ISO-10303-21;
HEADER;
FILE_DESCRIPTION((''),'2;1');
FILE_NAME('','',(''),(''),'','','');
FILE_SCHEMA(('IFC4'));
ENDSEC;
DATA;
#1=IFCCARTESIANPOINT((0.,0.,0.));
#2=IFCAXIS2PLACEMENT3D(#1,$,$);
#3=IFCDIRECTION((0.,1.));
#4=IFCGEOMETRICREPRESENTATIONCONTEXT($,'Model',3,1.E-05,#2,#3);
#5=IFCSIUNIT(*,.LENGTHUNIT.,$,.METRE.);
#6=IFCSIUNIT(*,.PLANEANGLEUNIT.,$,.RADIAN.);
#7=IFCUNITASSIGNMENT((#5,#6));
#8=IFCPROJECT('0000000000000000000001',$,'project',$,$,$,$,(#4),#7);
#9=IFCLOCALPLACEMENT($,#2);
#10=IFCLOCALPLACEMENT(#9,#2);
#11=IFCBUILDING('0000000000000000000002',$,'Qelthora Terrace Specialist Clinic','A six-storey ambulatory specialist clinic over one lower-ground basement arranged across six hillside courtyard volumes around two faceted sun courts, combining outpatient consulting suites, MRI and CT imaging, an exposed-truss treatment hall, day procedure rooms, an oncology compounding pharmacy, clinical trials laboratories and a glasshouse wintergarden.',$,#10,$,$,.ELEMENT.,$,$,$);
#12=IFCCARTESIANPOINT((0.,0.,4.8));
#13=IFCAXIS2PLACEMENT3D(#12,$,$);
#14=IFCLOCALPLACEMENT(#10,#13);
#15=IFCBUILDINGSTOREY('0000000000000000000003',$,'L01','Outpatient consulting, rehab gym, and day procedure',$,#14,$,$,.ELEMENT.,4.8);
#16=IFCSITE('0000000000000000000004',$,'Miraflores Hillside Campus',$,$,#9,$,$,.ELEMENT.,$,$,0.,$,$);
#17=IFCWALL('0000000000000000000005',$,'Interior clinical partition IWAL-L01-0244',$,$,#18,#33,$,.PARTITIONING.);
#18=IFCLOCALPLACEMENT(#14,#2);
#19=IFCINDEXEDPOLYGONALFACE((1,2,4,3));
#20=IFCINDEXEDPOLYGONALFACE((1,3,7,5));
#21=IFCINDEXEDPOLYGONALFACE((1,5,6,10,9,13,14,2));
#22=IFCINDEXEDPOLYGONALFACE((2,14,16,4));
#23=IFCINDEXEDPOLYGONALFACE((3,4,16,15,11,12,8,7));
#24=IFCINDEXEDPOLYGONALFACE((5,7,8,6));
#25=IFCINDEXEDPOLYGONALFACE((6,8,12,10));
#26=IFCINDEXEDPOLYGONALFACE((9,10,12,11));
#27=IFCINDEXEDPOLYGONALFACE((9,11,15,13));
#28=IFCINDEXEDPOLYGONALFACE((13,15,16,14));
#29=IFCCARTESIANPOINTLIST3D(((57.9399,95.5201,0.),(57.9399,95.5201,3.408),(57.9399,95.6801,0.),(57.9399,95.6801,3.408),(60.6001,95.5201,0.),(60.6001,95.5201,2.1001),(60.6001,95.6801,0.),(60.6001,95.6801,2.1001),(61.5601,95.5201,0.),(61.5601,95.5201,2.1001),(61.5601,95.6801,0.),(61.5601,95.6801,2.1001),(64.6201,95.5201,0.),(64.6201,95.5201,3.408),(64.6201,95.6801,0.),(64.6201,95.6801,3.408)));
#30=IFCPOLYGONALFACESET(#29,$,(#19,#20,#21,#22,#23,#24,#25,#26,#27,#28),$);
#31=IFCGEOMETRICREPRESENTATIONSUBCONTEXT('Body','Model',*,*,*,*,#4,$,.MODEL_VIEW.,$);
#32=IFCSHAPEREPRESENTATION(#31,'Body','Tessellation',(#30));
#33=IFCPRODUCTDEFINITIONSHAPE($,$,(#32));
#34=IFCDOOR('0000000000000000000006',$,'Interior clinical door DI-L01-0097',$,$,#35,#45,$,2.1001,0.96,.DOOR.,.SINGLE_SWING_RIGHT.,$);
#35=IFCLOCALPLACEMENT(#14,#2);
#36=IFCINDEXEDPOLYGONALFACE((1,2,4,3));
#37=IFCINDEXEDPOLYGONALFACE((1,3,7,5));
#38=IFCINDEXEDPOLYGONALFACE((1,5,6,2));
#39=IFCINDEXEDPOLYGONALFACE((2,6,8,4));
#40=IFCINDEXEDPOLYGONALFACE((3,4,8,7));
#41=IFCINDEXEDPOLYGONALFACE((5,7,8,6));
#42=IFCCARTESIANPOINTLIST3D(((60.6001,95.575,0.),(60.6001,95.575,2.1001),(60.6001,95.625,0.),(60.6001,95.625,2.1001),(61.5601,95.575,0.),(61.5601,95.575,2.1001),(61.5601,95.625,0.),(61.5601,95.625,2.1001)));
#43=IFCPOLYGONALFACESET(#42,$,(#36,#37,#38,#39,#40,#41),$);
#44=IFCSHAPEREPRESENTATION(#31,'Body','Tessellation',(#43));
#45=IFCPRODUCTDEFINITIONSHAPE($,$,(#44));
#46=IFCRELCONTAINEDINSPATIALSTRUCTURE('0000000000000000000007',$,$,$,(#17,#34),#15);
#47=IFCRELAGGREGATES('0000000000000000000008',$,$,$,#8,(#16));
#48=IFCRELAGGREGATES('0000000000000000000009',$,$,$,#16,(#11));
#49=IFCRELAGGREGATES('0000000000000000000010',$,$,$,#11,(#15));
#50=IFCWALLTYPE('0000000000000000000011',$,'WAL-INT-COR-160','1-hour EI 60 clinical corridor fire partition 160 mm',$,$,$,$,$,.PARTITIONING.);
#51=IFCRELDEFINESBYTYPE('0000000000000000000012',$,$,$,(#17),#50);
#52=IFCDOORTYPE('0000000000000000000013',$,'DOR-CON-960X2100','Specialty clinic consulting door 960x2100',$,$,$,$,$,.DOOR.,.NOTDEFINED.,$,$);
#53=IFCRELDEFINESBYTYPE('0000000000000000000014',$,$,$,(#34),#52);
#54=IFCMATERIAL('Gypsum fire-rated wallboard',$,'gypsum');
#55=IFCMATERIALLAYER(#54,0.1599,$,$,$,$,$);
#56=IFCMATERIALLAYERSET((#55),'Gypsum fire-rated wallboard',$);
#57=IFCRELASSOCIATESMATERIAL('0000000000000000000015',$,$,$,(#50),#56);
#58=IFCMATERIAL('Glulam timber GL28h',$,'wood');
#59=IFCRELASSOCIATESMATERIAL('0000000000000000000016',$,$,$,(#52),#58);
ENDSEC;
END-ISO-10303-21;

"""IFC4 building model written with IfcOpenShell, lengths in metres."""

from ifc_helpers import new_model, si_unit, direction, frame, frame_2d, origin, place, context, subcontext, project, spatial, rectangle, extrude, material, layer, layer_set, type_object, element, fill, save


model = new_model("IFC4")

# Units and contexts
model_context = context("Model", 3, precision=1e-05, world=origin(), true_north=direction((0.0, 1.0)))
body_context = subcontext(model_context, "Body", "Model", "MODEL_VIEW")
ifc_project = project(units=[si_unit("LENGTHUNIT", "METRE"), si_unit("PLANEANGLEUNIT", "RADIAN")], contexts=[model_context])

# Site, building, storey
site_placement = place(None, origin())
site = spatial("IfcSite", under=ifc_project, at=site_placement, Name="Miraflores Hillside Campus", CompositionType="ELEMENT", RefElevation=0.0)
building_placement = place(site_placement, origin())
building = spatial("IfcBuilding", under=site, at=building_placement, Name="Qelthora Terrace Specialist Clinic", Description="A six-storey ambulatory specialist clinic over one lower-ground basement arranged across six hillside courtyard volumes around two faceted sun courts, combining outpatient consulting suites, MRI and CT imaging, an exposed-truss treatment hall, day procedure rooms, an oncology compounding pharmacy, clinical trials laboratories and a glasshouse wintergarden.", CompositionType="ELEMENT")
storey_placement = place(building_placement, frame((0.0, 0.0, 4.8)))
storey = spatial("IfcBuildingStorey", under=building, at=storey_placement, Name="L01", Description="Outpatient consulting, rehab gym, and day procedure", CompositionType="ELEMENT", Elevation=4.8)

# Shared definitions
ifc_material_1 = material(Name="Gypsum fire-rated wallboard", Category="gypsum")

# Wall, opening, door
ifc_layer_1 = layer(ifc_material_1, 0.1599)
ifc_layer_set_1 = layer_set([ifc_layer_1], Name="Gypsum fire-rated wallboard")
wall_type_1 = type_object("IfcWallType", Name="WAL-INT-COR-160", Description="1-hour EI 60 clinical corridor fire partition 160 mm", PredefinedType="PARTITIONING", material=ifc_layer_set_1)
wall_1_placement = place(storey_placement, frame((64.6201, 95.6001, 0.0), z_axis=(0.0, 0.0, 1.0), x_axis=(-1.0, 0.0, 0.0)))
wall_1 = element("IfcWall", 1, at=wall_1_placement, inside=storey, type_object=wall_type_1, Name="Interior clinical partition IWAL-L01-0244", PredefinedType="PARTITIONING", context=body_context, shape_type="SweptSolid", body=[
    extrude(rectangle(XDim=6.6802, YDim=0.1599, at=frame_2d((3.3401, 0.0))), origin(), (0.0, 0.0, 1.0), 3.408),
])
opening_1_placement = place(wall_1_placement, frame((3.0601, 0.0, 0.0)))
opening_1 = element("IfcOpeningElement", 2, at=opening_1_placement, cuts=wall_1, PredefinedType="OPENING", context=body_context, shape_type="SweptSolid", body=[
    extrude(rectangle(XDim=0.96, YDim=2.1001, at=frame_2d((0.48, 1.05))), frame((0.0, 0.0898, 0.0), z_axis=(0.0, -1.0, 0.0), x_axis=(1.0, 0.0, 0.0)), (0.0, 0.0, 1.0), 0.1799),
])
ifc_material_2 = material(Name="Glulam timber GL28h", Category="wood")
door_type = type_object("IfcDoorType", Name="DOR-CON-960X2100", Description="Specialty clinic consulting door 960x2100", OperationType="NOTDEFINED", PredefinedType="DOOR", material=ifc_material_2)
door_placement = place(opening_1_placement, frame((0.96, 0.0, 0.0), z_axis=(0.0, 0.0, 1.0), x_axis=(-1.0, 0.0, 0.0)))
door = element("IfcDoor", 3, at=door_placement, inside=storey, type_object=door_type, Name="Interior clinical door DI-L01-0097", OperationType="SINGLE_SWING_RIGHT", OverallHeight=2.1001, OverallWidth=0.96, PredefinedType="DOOR", context=body_context, shape_type="SweptSolid", body=[
    extrude(rectangle(XDim=0.96, YDim=2.1001, at=frame_2d((0.48, 1.05))), frame((0.0, 0.0249, 0.0), z_axis=(0.0, -1.0, 0.0), x_axis=(1.0, 0.0, 0.0)), (0.0, 0.0, 1.0), 0.05),
])
fill(opening_1, door)

save(model, "model.ifc")
